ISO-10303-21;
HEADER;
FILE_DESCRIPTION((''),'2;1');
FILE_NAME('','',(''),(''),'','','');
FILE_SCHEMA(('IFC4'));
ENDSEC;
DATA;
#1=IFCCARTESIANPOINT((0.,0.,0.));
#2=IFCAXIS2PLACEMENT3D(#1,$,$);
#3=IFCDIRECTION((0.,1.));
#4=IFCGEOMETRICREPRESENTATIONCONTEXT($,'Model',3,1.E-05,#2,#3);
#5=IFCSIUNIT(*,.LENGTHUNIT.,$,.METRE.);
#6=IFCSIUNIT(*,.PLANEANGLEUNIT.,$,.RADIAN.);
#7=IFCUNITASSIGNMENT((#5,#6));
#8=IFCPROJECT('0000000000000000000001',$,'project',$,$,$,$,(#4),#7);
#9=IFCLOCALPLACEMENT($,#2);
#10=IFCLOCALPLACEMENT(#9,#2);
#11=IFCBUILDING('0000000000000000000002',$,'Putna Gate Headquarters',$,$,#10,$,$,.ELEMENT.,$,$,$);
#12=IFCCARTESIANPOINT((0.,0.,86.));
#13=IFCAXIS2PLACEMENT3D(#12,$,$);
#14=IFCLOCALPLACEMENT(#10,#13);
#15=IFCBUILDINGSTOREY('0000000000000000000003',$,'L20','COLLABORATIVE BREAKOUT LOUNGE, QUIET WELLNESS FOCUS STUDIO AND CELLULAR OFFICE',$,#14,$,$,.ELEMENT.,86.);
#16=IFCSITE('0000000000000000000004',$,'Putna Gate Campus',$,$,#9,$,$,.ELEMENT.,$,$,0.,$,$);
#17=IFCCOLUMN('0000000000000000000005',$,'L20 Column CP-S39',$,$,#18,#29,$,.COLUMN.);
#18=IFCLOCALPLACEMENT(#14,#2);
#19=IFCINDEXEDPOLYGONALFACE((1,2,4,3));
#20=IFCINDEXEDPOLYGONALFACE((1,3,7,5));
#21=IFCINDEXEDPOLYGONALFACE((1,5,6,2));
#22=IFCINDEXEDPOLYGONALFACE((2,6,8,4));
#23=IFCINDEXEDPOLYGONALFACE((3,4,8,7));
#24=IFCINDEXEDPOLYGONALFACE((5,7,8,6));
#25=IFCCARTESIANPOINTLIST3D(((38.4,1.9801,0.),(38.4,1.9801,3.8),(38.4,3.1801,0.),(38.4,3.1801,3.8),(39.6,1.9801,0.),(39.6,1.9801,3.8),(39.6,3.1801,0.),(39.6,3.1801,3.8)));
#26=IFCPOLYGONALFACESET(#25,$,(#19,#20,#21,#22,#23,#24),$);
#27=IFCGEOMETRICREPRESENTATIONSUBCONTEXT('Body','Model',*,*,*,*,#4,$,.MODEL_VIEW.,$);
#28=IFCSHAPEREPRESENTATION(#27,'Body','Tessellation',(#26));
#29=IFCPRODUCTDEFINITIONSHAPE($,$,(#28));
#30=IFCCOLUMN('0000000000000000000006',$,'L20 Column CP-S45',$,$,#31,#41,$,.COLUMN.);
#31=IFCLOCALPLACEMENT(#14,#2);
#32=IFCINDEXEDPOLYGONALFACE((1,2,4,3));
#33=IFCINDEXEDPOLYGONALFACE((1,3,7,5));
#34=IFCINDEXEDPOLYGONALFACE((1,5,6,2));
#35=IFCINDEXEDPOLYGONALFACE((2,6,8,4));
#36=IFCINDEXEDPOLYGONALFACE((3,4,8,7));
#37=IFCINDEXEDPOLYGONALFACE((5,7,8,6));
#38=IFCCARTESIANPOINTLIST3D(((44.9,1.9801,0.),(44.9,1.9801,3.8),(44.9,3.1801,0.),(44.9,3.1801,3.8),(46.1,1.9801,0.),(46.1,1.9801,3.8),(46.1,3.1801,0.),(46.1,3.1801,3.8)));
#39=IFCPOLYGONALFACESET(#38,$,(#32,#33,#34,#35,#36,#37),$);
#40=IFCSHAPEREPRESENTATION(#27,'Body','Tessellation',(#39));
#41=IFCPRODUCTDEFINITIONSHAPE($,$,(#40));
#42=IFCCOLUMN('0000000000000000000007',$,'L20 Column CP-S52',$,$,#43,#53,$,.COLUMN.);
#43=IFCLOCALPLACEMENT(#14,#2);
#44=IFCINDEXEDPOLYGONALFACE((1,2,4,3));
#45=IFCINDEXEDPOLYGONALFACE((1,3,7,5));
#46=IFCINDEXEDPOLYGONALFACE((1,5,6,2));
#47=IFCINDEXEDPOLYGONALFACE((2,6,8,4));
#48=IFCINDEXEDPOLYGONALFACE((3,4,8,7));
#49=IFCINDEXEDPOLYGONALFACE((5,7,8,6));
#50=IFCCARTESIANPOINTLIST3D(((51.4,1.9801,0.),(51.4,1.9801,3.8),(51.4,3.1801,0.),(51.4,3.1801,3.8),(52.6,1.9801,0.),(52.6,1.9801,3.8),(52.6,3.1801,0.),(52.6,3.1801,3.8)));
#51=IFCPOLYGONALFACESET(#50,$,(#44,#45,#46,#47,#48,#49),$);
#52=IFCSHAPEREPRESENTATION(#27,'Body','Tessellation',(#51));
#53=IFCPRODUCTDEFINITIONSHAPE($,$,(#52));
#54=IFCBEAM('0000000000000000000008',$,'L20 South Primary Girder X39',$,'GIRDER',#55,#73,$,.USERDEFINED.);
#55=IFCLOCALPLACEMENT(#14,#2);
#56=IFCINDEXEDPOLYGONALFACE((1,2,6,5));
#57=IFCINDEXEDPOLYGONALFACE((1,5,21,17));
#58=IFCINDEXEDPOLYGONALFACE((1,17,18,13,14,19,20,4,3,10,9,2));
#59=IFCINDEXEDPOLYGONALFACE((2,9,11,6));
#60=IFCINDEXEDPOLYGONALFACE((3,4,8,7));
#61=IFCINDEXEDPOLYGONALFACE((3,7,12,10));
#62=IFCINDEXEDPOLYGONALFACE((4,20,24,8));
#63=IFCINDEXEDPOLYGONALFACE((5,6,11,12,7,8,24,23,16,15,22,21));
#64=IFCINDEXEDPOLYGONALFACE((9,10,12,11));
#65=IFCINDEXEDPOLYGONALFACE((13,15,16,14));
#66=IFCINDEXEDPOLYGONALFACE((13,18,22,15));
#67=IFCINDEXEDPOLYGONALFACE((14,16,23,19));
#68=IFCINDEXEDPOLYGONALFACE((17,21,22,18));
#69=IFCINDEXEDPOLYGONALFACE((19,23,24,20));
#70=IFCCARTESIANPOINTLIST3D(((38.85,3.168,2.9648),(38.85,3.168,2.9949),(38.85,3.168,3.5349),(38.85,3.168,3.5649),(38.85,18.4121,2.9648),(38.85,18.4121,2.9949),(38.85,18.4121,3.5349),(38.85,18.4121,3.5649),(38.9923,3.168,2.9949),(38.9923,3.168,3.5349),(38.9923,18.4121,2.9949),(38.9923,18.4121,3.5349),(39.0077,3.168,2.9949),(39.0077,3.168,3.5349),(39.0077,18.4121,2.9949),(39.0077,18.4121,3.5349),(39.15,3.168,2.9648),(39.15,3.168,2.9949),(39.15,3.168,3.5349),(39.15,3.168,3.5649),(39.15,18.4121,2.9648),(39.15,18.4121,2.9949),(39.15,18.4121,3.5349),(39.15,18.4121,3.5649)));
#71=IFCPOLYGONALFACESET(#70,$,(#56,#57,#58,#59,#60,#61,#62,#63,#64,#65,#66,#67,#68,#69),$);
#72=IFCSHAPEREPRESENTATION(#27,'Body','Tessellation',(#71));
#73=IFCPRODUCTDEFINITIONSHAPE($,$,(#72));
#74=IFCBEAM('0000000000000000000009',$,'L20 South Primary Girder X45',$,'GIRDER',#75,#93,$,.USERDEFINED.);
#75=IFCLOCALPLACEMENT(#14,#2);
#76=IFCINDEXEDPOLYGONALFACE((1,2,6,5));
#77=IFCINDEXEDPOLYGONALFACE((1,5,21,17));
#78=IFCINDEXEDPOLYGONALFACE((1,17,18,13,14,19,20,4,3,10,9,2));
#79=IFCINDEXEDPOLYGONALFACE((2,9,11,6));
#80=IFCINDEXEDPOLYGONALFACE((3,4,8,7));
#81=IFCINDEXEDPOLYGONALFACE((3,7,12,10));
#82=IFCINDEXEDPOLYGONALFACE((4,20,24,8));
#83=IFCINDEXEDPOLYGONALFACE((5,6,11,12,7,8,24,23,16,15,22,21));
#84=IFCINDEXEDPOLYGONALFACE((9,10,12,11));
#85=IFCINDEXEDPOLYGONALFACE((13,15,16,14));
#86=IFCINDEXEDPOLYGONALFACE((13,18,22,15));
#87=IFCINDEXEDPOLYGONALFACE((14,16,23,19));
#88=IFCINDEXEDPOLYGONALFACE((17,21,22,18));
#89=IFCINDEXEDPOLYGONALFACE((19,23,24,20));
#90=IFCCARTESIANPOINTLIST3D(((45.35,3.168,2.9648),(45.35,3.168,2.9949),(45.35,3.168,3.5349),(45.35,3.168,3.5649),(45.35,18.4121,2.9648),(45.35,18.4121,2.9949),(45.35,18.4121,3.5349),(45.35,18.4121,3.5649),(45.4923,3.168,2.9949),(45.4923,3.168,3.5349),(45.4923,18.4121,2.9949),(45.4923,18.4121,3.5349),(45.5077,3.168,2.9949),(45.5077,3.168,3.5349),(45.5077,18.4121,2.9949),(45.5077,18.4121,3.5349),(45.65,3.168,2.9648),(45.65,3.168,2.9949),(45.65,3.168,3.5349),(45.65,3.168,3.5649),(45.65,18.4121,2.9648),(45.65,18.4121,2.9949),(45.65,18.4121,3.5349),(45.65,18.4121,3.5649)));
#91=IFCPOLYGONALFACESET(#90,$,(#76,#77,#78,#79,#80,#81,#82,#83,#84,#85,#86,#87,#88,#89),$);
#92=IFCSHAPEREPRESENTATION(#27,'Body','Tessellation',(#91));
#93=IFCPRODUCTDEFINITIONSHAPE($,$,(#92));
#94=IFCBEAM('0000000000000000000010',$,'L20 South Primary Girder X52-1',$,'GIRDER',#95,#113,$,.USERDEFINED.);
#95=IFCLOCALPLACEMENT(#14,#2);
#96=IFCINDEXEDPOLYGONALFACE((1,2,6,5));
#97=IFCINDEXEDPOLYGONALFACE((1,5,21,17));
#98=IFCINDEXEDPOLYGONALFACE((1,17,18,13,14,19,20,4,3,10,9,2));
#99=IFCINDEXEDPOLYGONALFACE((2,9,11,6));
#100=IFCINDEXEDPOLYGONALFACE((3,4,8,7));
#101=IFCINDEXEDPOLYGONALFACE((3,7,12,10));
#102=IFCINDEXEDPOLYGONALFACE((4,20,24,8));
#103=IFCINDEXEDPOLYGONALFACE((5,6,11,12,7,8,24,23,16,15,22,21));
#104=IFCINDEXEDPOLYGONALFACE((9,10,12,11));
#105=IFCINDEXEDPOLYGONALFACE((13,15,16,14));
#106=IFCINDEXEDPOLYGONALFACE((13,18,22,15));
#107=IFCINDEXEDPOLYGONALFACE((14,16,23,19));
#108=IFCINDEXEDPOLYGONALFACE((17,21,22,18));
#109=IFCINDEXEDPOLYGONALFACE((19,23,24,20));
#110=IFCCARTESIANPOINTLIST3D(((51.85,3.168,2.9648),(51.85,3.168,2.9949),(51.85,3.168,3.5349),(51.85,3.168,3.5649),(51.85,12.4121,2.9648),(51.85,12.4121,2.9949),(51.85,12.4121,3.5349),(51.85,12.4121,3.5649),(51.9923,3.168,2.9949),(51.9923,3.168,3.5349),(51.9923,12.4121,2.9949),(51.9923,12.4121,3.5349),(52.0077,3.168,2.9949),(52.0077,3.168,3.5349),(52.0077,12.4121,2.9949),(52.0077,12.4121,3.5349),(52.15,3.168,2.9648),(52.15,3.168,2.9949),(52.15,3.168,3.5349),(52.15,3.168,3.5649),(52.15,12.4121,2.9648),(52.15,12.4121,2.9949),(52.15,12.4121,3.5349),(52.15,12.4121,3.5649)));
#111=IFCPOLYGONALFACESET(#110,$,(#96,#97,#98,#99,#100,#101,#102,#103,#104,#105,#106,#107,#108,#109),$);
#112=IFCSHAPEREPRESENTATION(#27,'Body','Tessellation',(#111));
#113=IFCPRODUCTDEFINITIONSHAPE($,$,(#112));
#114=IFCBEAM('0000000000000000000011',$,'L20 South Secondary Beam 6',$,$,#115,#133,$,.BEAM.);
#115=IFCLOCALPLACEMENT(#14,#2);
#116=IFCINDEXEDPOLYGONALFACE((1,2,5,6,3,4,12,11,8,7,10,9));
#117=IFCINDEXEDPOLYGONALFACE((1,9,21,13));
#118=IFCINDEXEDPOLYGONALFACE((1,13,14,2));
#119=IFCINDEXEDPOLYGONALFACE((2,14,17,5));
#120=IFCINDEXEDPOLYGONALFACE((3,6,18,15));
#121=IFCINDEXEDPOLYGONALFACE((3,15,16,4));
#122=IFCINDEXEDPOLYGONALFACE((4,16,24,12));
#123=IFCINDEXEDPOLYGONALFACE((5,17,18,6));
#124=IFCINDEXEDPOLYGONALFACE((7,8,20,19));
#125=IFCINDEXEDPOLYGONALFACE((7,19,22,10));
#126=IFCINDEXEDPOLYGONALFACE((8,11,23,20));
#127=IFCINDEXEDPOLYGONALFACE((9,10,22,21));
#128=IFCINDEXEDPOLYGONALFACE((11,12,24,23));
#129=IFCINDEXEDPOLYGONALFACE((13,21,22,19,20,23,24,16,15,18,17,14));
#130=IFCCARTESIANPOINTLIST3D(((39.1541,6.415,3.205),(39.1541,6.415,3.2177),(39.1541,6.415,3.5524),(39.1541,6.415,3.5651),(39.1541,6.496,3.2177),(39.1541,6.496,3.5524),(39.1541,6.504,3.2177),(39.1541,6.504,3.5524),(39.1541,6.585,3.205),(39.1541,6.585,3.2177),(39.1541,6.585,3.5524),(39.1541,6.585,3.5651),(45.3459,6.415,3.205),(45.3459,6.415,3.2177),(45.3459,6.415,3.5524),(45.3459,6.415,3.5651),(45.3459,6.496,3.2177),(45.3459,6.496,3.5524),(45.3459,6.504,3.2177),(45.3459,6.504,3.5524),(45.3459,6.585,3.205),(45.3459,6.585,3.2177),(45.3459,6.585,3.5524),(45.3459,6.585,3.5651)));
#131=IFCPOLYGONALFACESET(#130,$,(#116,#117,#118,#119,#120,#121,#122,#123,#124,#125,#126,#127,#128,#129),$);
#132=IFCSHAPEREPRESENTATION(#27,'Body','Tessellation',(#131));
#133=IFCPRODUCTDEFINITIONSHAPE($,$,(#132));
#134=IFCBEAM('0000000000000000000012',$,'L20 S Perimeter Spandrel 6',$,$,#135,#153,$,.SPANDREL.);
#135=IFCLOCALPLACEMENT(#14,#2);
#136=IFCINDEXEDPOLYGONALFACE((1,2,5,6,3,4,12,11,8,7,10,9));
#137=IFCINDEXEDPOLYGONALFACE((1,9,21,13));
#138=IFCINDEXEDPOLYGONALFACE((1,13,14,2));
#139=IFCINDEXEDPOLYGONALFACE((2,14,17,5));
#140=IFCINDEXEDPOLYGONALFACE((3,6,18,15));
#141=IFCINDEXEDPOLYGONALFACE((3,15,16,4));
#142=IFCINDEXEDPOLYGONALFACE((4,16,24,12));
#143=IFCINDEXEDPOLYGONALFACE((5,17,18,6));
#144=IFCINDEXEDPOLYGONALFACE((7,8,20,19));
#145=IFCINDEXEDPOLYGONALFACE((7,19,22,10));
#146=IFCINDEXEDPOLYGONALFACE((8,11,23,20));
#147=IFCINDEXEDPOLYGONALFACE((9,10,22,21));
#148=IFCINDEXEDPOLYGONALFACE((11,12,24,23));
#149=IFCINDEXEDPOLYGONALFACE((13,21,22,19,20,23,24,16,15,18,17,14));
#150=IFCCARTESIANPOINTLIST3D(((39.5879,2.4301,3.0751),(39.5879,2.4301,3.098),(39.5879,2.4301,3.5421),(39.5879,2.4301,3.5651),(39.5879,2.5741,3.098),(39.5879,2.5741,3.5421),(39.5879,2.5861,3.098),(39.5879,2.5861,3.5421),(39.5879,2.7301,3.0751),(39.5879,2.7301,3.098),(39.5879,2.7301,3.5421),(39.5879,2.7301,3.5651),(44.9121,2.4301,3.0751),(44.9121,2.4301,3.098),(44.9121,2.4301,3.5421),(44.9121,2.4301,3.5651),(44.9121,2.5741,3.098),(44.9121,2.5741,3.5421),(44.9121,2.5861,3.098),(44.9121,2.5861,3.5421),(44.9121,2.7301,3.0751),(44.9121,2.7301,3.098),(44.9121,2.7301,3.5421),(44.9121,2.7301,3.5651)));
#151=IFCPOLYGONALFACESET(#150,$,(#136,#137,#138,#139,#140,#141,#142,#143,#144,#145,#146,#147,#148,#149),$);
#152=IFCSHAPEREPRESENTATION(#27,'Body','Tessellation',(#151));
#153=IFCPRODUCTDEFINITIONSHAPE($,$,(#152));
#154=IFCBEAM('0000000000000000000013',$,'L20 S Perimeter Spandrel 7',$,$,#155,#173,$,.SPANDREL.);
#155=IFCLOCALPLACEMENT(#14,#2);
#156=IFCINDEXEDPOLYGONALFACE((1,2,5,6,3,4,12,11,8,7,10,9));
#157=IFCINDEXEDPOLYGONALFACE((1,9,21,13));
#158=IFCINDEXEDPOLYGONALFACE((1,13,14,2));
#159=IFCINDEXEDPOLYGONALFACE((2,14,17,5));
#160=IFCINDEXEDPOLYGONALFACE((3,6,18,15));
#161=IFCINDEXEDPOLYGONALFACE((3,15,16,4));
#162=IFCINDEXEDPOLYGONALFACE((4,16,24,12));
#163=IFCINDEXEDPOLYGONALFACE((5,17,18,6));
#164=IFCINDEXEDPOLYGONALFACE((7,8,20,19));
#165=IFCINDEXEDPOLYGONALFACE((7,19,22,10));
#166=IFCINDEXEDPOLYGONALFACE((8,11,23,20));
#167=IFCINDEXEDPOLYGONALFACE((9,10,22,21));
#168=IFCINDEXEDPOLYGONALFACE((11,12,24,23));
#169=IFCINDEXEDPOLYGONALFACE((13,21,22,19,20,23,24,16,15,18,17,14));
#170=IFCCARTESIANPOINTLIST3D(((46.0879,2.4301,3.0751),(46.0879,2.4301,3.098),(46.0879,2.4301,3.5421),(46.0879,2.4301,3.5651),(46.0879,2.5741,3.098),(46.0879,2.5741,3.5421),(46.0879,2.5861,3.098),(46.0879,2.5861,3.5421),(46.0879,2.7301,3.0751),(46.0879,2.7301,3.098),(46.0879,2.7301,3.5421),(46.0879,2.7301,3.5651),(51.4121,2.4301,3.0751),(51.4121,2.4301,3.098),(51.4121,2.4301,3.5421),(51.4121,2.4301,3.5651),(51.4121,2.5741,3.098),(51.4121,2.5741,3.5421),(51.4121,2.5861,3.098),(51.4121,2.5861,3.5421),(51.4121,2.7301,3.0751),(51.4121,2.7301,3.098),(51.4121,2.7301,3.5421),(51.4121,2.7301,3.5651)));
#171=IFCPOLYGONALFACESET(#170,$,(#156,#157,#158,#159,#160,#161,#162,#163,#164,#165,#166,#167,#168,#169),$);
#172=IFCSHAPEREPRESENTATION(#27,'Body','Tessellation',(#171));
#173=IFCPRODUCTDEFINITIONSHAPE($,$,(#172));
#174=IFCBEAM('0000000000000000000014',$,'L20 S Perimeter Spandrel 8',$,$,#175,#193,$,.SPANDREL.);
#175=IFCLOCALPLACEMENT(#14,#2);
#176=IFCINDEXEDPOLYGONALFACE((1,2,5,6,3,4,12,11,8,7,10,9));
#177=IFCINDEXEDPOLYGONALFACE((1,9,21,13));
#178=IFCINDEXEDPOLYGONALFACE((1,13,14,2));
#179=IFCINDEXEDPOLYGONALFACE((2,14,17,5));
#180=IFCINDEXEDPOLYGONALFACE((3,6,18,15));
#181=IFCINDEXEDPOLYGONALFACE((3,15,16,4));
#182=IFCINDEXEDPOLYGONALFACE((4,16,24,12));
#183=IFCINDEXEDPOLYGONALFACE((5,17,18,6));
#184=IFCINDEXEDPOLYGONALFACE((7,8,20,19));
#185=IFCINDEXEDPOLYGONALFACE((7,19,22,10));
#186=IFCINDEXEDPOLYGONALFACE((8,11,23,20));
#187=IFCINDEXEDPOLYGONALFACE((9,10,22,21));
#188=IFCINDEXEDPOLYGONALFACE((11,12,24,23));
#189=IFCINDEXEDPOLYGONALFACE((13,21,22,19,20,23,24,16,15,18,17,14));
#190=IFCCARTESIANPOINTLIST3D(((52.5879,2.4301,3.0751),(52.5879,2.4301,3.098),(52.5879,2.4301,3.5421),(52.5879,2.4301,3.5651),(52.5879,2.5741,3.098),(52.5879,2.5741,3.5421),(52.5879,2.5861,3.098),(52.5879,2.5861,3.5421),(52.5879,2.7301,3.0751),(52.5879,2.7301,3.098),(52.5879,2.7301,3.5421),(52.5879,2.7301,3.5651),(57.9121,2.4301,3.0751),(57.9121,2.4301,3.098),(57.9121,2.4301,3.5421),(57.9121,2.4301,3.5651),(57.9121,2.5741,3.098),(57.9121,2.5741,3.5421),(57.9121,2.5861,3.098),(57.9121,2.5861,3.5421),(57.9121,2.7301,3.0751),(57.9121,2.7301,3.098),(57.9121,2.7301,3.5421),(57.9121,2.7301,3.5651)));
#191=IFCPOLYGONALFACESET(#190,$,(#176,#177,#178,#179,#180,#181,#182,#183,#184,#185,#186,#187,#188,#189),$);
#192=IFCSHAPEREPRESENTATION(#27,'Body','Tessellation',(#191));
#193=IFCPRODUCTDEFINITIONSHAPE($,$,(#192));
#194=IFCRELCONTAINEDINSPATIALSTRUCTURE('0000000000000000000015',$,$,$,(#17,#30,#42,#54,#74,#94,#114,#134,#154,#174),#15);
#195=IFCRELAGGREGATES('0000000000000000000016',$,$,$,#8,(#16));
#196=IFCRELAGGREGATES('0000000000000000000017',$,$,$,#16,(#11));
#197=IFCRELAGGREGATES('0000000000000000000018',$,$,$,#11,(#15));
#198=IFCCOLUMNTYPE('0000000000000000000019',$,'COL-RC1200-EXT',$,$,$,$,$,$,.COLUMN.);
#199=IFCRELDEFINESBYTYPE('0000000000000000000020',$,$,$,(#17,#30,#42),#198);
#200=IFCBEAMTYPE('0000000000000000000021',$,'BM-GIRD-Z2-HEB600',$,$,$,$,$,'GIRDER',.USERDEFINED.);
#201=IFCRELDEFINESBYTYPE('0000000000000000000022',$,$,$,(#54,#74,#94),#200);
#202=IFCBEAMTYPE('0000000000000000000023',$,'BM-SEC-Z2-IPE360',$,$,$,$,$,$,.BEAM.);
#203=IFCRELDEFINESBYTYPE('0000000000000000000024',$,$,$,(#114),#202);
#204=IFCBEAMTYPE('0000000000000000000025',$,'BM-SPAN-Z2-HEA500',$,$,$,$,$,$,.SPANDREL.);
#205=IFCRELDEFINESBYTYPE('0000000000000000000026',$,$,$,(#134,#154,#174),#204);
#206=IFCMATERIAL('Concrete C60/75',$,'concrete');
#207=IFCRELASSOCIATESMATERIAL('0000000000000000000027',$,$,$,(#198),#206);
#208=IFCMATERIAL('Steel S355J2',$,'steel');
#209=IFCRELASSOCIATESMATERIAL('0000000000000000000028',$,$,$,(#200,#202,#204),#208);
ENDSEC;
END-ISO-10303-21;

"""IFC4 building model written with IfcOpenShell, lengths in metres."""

from ifc_helpers import new_model, si_unit, direction, frame, origin, origin_2d, place, context, subcontext, project, spatial, rectangle, i_section, extrude, material, material_profile, profile_set, type_object, element, save


model = new_model("IFC4")

# Units and contexts
model_context = context("Model", 3, precision=1e-05, world=origin(), true_north=direction((0.0, 1.0)))
body_context = subcontext(model_context, "Body", "Model", "MODEL_VIEW")
ifc_project = project(units=[si_unit("LENGTHUNIT", "METRE"), si_unit("PLANEANGLEUNIT", "RADIAN")], contexts=[model_context])

# Site, building, storey
site_placement = place(None, origin())
site = spatial("IfcSite", under=ifc_project, at=site_placement, Name="Putna Gate Campus", CompositionType="ELEMENT", RefElevation=0.0)
building_placement = place(site_placement, origin())
building = spatial("IfcBuilding", under=site, at=building_placement, Name="Putna Gate Headquarters", CompositionType="ELEMENT")
storey_placement = place(building_placement, frame((0.0, 0.0, 86.0)))
storey = spatial("IfcBuildingStorey", under=building, at=storey_placement, Name="L20", Description="COLLABORATIVE BREAKOUT LOUNGE, QUIET WELLNESS FOCUS STUDIO AND CELLULAR OFFICE", CompositionType="ELEMENT", Elevation=86.0)

# Columns
ifc_material_1 = material(Name="Concrete C60/75", Category="concrete")
ifc_material_profile_1 = material_profile(ifc_material_1, rectangle(XDim=1.2, YDim=1.2, at=origin_2d()), Name="Concrete C60/75")
ifc_profile_set_1 = profile_set([ifc_material_profile_1], Name="Concrete C60/75")
column_type = type_object("IfcColumnType", Name="COL-RC1200-EXT", PredefinedType="COLUMN", material=ifc_profile_set_1)
for number, where, z_axis, x_axis, name in (
    (1, (39.0, 2.5801, 0.0), (0.0, 0.0, 1.0), (1.0, 0.0, 0.0), "L20 Column CP-S39"),
    (2, (45.5, 2.5801, 0.0), (0.0, 0.0, 1.0), (1.0, 0.0, 0.0), "L20 Column CP-S45"),
    (3, (52.0, 2.5801, 0.0), (0.0, 0.0, 1.0), (1.0, 0.0, 0.0), "L20 Column CP-S52"),
):
    element("IfcColumn", number, at=place(storey_placement, frame(where, z_axis=z_axis, x_axis=x_axis)), inside=storey, type_object=column_type, Name=name, PredefinedType="COLUMN", context=body_context, shape_type="SweptSolid", body=[
        extrude(rectangle(XDim=1.2, YDim=1.2, at=origin_2d()), origin(), (0.0, 0.0, 1.0), 3.8),
    ])

# Beams
ifc_material_2 = material(Name="Steel S355J2", Category="steel")
ifc_material_profile_2 = material_profile(ifc_material_2, i_section(OverallWidth=0.3, OverallDepth=0.6001, WebThickness=0.0154, FlangeThickness=0.03, at=origin_2d()), Name="Steel S355J2")
ifc_profile_set_2 = profile_set([ifc_material_profile_2], Name="Steel S355J2")
beam_type_1 = type_object("IfcBeamType", Name="BM-GIRD-Z2-HEB600", ElementType="GIRDER", PredefinedType="USERDEFINED", material=ifc_profile_set_2)
for number, where, z_axis, x_axis, name in (
    (4, (39.0, 3.168, 3.2649), (0.0, 1.0, 0.0), (-1.0, 0.0, 0.0), "L20 South Primary Girder X39"),
    (5, (45.5, 3.168, 3.2649), (0.0, 1.0, 0.0), (-1.0, 0.0, 0.0), "L20 South Primary Girder X45"),
):
    element("IfcBeam", number, at=place(storey_placement, frame(where, z_axis=z_axis, x_axis=x_axis)), inside=storey, type_object=beam_type_1, Name=name, ObjectType="GIRDER", PredefinedType="USERDEFINED", context=body_context, shape_type="SweptSolid", body=[
        extrude(i_section(OverallWidth=0.3, OverallDepth=0.6001, WebThickness=0.0154, FlangeThickness=0.03, at=origin_2d()), origin(), (0.0, 0.0, 1.0), 15.2441),
    ])
beam_1_placement = place(storey_placement, frame((52.0, 3.168, 3.2649), z_axis=(0.0, 1.0, 0.0), x_axis=(-1.0, 0.0, 0.0)))
element("IfcBeam", 6, at=beam_1_placement, inside=storey, type_object=beam_type_1, Name="L20 South Primary Girder X52-1", ObjectType="GIRDER", PredefinedType="USERDEFINED", context=body_context, shape_type="SweptSolid", body=[
    extrude(i_section(OverallWidth=0.3, OverallDepth=0.6001, WebThickness=0.0154, FlangeThickness=0.03, at=origin_2d()), origin(), (0.0, 0.0, 1.0), 9.2441),
])
ifc_material_profile_3 = material_profile(ifc_material_2, i_section(OverallWidth=0.1699, OverallDepth=0.3601, WebThickness=0.0081, FlangeThickness=0.0127, at=origin_2d()), Name="Steel S355J2")
ifc_profile_set_3 = profile_set([ifc_material_profile_3], Name="Steel S355J2")
beam_type_2 = type_object("IfcBeamType", Name="BM-SEC-Z2-IPE360", PredefinedType="BEAM", material=ifc_profile_set_3)
beam_2_placement = place(storey_placement, frame((39.1541, 6.5, 3.385), z_axis=(1.0, 0.0, 0.0), x_axis=(0.0, 1.0, 0.0)))
element("IfcBeam", 7, at=beam_2_placement, inside=storey, type_object=beam_type_2, Name="L20 South Secondary Beam 6", PredefinedType="BEAM", context=body_context, shape_type="SweptSolid", body=[
    extrude(i_section(OverallWidth=0.1699, OverallDepth=0.3601, WebThickness=0.0081, FlangeThickness=0.0127, at=origin_2d()), origin(), (0.0, 0.0, 1.0), 6.1919),
])
ifc_material_profile_4 = material_profile(ifc_material_2, i_section(OverallWidth=0.3, OverallDepth=0.49, WebThickness=0.012, FlangeThickness=0.0229, at=origin_2d()), Name="Steel S355J2")
ifc_profile_set_4 = profile_set([ifc_material_profile_4], Name="Steel S355J2")
beam_type_3 = type_object("IfcBeamType", Name="BM-SPAN-Z2-HEA500", PredefinedType="SPANDREL", material=ifc_profile_set_4)
for number, where, z_axis, x_axis, name in (
    (8, (39.5879, 2.5801, 3.3201), (1.0, 0.0, 0.0), (0.0, 1.0, 0.0), "L20 S Perimeter Spandrel 6"),
    (9, (46.0879, 2.5801, 3.3201), (1.0, 0.0, 0.0), (0.0, 1.0, 0.0), "L20 S Perimeter Spandrel 7"),
    (10, (52.5879, 2.5801, 3.3201), (1.0, 0.0, 0.0), (0.0, 1.0, 0.0), "L20 S Perimeter Spandrel 8"),
):
    element("IfcBeam", number, at=place(storey_placement, frame(where, z_axis=z_axis, x_axis=x_axis)), inside=storey, type_object=beam_type_3, Name=name, PredefinedType="SPANDREL", context=body_context, shape_type="SweptSolid", body=[
        extrude(i_section(OverallWidth=0.3, OverallDepth=0.49, WebThickness=0.012, FlangeThickness=0.0229, at=origin_2d()), origin(), (0.0, 0.0, 1.0), 5.3242),
    ])

save(model, "model.ifc")
